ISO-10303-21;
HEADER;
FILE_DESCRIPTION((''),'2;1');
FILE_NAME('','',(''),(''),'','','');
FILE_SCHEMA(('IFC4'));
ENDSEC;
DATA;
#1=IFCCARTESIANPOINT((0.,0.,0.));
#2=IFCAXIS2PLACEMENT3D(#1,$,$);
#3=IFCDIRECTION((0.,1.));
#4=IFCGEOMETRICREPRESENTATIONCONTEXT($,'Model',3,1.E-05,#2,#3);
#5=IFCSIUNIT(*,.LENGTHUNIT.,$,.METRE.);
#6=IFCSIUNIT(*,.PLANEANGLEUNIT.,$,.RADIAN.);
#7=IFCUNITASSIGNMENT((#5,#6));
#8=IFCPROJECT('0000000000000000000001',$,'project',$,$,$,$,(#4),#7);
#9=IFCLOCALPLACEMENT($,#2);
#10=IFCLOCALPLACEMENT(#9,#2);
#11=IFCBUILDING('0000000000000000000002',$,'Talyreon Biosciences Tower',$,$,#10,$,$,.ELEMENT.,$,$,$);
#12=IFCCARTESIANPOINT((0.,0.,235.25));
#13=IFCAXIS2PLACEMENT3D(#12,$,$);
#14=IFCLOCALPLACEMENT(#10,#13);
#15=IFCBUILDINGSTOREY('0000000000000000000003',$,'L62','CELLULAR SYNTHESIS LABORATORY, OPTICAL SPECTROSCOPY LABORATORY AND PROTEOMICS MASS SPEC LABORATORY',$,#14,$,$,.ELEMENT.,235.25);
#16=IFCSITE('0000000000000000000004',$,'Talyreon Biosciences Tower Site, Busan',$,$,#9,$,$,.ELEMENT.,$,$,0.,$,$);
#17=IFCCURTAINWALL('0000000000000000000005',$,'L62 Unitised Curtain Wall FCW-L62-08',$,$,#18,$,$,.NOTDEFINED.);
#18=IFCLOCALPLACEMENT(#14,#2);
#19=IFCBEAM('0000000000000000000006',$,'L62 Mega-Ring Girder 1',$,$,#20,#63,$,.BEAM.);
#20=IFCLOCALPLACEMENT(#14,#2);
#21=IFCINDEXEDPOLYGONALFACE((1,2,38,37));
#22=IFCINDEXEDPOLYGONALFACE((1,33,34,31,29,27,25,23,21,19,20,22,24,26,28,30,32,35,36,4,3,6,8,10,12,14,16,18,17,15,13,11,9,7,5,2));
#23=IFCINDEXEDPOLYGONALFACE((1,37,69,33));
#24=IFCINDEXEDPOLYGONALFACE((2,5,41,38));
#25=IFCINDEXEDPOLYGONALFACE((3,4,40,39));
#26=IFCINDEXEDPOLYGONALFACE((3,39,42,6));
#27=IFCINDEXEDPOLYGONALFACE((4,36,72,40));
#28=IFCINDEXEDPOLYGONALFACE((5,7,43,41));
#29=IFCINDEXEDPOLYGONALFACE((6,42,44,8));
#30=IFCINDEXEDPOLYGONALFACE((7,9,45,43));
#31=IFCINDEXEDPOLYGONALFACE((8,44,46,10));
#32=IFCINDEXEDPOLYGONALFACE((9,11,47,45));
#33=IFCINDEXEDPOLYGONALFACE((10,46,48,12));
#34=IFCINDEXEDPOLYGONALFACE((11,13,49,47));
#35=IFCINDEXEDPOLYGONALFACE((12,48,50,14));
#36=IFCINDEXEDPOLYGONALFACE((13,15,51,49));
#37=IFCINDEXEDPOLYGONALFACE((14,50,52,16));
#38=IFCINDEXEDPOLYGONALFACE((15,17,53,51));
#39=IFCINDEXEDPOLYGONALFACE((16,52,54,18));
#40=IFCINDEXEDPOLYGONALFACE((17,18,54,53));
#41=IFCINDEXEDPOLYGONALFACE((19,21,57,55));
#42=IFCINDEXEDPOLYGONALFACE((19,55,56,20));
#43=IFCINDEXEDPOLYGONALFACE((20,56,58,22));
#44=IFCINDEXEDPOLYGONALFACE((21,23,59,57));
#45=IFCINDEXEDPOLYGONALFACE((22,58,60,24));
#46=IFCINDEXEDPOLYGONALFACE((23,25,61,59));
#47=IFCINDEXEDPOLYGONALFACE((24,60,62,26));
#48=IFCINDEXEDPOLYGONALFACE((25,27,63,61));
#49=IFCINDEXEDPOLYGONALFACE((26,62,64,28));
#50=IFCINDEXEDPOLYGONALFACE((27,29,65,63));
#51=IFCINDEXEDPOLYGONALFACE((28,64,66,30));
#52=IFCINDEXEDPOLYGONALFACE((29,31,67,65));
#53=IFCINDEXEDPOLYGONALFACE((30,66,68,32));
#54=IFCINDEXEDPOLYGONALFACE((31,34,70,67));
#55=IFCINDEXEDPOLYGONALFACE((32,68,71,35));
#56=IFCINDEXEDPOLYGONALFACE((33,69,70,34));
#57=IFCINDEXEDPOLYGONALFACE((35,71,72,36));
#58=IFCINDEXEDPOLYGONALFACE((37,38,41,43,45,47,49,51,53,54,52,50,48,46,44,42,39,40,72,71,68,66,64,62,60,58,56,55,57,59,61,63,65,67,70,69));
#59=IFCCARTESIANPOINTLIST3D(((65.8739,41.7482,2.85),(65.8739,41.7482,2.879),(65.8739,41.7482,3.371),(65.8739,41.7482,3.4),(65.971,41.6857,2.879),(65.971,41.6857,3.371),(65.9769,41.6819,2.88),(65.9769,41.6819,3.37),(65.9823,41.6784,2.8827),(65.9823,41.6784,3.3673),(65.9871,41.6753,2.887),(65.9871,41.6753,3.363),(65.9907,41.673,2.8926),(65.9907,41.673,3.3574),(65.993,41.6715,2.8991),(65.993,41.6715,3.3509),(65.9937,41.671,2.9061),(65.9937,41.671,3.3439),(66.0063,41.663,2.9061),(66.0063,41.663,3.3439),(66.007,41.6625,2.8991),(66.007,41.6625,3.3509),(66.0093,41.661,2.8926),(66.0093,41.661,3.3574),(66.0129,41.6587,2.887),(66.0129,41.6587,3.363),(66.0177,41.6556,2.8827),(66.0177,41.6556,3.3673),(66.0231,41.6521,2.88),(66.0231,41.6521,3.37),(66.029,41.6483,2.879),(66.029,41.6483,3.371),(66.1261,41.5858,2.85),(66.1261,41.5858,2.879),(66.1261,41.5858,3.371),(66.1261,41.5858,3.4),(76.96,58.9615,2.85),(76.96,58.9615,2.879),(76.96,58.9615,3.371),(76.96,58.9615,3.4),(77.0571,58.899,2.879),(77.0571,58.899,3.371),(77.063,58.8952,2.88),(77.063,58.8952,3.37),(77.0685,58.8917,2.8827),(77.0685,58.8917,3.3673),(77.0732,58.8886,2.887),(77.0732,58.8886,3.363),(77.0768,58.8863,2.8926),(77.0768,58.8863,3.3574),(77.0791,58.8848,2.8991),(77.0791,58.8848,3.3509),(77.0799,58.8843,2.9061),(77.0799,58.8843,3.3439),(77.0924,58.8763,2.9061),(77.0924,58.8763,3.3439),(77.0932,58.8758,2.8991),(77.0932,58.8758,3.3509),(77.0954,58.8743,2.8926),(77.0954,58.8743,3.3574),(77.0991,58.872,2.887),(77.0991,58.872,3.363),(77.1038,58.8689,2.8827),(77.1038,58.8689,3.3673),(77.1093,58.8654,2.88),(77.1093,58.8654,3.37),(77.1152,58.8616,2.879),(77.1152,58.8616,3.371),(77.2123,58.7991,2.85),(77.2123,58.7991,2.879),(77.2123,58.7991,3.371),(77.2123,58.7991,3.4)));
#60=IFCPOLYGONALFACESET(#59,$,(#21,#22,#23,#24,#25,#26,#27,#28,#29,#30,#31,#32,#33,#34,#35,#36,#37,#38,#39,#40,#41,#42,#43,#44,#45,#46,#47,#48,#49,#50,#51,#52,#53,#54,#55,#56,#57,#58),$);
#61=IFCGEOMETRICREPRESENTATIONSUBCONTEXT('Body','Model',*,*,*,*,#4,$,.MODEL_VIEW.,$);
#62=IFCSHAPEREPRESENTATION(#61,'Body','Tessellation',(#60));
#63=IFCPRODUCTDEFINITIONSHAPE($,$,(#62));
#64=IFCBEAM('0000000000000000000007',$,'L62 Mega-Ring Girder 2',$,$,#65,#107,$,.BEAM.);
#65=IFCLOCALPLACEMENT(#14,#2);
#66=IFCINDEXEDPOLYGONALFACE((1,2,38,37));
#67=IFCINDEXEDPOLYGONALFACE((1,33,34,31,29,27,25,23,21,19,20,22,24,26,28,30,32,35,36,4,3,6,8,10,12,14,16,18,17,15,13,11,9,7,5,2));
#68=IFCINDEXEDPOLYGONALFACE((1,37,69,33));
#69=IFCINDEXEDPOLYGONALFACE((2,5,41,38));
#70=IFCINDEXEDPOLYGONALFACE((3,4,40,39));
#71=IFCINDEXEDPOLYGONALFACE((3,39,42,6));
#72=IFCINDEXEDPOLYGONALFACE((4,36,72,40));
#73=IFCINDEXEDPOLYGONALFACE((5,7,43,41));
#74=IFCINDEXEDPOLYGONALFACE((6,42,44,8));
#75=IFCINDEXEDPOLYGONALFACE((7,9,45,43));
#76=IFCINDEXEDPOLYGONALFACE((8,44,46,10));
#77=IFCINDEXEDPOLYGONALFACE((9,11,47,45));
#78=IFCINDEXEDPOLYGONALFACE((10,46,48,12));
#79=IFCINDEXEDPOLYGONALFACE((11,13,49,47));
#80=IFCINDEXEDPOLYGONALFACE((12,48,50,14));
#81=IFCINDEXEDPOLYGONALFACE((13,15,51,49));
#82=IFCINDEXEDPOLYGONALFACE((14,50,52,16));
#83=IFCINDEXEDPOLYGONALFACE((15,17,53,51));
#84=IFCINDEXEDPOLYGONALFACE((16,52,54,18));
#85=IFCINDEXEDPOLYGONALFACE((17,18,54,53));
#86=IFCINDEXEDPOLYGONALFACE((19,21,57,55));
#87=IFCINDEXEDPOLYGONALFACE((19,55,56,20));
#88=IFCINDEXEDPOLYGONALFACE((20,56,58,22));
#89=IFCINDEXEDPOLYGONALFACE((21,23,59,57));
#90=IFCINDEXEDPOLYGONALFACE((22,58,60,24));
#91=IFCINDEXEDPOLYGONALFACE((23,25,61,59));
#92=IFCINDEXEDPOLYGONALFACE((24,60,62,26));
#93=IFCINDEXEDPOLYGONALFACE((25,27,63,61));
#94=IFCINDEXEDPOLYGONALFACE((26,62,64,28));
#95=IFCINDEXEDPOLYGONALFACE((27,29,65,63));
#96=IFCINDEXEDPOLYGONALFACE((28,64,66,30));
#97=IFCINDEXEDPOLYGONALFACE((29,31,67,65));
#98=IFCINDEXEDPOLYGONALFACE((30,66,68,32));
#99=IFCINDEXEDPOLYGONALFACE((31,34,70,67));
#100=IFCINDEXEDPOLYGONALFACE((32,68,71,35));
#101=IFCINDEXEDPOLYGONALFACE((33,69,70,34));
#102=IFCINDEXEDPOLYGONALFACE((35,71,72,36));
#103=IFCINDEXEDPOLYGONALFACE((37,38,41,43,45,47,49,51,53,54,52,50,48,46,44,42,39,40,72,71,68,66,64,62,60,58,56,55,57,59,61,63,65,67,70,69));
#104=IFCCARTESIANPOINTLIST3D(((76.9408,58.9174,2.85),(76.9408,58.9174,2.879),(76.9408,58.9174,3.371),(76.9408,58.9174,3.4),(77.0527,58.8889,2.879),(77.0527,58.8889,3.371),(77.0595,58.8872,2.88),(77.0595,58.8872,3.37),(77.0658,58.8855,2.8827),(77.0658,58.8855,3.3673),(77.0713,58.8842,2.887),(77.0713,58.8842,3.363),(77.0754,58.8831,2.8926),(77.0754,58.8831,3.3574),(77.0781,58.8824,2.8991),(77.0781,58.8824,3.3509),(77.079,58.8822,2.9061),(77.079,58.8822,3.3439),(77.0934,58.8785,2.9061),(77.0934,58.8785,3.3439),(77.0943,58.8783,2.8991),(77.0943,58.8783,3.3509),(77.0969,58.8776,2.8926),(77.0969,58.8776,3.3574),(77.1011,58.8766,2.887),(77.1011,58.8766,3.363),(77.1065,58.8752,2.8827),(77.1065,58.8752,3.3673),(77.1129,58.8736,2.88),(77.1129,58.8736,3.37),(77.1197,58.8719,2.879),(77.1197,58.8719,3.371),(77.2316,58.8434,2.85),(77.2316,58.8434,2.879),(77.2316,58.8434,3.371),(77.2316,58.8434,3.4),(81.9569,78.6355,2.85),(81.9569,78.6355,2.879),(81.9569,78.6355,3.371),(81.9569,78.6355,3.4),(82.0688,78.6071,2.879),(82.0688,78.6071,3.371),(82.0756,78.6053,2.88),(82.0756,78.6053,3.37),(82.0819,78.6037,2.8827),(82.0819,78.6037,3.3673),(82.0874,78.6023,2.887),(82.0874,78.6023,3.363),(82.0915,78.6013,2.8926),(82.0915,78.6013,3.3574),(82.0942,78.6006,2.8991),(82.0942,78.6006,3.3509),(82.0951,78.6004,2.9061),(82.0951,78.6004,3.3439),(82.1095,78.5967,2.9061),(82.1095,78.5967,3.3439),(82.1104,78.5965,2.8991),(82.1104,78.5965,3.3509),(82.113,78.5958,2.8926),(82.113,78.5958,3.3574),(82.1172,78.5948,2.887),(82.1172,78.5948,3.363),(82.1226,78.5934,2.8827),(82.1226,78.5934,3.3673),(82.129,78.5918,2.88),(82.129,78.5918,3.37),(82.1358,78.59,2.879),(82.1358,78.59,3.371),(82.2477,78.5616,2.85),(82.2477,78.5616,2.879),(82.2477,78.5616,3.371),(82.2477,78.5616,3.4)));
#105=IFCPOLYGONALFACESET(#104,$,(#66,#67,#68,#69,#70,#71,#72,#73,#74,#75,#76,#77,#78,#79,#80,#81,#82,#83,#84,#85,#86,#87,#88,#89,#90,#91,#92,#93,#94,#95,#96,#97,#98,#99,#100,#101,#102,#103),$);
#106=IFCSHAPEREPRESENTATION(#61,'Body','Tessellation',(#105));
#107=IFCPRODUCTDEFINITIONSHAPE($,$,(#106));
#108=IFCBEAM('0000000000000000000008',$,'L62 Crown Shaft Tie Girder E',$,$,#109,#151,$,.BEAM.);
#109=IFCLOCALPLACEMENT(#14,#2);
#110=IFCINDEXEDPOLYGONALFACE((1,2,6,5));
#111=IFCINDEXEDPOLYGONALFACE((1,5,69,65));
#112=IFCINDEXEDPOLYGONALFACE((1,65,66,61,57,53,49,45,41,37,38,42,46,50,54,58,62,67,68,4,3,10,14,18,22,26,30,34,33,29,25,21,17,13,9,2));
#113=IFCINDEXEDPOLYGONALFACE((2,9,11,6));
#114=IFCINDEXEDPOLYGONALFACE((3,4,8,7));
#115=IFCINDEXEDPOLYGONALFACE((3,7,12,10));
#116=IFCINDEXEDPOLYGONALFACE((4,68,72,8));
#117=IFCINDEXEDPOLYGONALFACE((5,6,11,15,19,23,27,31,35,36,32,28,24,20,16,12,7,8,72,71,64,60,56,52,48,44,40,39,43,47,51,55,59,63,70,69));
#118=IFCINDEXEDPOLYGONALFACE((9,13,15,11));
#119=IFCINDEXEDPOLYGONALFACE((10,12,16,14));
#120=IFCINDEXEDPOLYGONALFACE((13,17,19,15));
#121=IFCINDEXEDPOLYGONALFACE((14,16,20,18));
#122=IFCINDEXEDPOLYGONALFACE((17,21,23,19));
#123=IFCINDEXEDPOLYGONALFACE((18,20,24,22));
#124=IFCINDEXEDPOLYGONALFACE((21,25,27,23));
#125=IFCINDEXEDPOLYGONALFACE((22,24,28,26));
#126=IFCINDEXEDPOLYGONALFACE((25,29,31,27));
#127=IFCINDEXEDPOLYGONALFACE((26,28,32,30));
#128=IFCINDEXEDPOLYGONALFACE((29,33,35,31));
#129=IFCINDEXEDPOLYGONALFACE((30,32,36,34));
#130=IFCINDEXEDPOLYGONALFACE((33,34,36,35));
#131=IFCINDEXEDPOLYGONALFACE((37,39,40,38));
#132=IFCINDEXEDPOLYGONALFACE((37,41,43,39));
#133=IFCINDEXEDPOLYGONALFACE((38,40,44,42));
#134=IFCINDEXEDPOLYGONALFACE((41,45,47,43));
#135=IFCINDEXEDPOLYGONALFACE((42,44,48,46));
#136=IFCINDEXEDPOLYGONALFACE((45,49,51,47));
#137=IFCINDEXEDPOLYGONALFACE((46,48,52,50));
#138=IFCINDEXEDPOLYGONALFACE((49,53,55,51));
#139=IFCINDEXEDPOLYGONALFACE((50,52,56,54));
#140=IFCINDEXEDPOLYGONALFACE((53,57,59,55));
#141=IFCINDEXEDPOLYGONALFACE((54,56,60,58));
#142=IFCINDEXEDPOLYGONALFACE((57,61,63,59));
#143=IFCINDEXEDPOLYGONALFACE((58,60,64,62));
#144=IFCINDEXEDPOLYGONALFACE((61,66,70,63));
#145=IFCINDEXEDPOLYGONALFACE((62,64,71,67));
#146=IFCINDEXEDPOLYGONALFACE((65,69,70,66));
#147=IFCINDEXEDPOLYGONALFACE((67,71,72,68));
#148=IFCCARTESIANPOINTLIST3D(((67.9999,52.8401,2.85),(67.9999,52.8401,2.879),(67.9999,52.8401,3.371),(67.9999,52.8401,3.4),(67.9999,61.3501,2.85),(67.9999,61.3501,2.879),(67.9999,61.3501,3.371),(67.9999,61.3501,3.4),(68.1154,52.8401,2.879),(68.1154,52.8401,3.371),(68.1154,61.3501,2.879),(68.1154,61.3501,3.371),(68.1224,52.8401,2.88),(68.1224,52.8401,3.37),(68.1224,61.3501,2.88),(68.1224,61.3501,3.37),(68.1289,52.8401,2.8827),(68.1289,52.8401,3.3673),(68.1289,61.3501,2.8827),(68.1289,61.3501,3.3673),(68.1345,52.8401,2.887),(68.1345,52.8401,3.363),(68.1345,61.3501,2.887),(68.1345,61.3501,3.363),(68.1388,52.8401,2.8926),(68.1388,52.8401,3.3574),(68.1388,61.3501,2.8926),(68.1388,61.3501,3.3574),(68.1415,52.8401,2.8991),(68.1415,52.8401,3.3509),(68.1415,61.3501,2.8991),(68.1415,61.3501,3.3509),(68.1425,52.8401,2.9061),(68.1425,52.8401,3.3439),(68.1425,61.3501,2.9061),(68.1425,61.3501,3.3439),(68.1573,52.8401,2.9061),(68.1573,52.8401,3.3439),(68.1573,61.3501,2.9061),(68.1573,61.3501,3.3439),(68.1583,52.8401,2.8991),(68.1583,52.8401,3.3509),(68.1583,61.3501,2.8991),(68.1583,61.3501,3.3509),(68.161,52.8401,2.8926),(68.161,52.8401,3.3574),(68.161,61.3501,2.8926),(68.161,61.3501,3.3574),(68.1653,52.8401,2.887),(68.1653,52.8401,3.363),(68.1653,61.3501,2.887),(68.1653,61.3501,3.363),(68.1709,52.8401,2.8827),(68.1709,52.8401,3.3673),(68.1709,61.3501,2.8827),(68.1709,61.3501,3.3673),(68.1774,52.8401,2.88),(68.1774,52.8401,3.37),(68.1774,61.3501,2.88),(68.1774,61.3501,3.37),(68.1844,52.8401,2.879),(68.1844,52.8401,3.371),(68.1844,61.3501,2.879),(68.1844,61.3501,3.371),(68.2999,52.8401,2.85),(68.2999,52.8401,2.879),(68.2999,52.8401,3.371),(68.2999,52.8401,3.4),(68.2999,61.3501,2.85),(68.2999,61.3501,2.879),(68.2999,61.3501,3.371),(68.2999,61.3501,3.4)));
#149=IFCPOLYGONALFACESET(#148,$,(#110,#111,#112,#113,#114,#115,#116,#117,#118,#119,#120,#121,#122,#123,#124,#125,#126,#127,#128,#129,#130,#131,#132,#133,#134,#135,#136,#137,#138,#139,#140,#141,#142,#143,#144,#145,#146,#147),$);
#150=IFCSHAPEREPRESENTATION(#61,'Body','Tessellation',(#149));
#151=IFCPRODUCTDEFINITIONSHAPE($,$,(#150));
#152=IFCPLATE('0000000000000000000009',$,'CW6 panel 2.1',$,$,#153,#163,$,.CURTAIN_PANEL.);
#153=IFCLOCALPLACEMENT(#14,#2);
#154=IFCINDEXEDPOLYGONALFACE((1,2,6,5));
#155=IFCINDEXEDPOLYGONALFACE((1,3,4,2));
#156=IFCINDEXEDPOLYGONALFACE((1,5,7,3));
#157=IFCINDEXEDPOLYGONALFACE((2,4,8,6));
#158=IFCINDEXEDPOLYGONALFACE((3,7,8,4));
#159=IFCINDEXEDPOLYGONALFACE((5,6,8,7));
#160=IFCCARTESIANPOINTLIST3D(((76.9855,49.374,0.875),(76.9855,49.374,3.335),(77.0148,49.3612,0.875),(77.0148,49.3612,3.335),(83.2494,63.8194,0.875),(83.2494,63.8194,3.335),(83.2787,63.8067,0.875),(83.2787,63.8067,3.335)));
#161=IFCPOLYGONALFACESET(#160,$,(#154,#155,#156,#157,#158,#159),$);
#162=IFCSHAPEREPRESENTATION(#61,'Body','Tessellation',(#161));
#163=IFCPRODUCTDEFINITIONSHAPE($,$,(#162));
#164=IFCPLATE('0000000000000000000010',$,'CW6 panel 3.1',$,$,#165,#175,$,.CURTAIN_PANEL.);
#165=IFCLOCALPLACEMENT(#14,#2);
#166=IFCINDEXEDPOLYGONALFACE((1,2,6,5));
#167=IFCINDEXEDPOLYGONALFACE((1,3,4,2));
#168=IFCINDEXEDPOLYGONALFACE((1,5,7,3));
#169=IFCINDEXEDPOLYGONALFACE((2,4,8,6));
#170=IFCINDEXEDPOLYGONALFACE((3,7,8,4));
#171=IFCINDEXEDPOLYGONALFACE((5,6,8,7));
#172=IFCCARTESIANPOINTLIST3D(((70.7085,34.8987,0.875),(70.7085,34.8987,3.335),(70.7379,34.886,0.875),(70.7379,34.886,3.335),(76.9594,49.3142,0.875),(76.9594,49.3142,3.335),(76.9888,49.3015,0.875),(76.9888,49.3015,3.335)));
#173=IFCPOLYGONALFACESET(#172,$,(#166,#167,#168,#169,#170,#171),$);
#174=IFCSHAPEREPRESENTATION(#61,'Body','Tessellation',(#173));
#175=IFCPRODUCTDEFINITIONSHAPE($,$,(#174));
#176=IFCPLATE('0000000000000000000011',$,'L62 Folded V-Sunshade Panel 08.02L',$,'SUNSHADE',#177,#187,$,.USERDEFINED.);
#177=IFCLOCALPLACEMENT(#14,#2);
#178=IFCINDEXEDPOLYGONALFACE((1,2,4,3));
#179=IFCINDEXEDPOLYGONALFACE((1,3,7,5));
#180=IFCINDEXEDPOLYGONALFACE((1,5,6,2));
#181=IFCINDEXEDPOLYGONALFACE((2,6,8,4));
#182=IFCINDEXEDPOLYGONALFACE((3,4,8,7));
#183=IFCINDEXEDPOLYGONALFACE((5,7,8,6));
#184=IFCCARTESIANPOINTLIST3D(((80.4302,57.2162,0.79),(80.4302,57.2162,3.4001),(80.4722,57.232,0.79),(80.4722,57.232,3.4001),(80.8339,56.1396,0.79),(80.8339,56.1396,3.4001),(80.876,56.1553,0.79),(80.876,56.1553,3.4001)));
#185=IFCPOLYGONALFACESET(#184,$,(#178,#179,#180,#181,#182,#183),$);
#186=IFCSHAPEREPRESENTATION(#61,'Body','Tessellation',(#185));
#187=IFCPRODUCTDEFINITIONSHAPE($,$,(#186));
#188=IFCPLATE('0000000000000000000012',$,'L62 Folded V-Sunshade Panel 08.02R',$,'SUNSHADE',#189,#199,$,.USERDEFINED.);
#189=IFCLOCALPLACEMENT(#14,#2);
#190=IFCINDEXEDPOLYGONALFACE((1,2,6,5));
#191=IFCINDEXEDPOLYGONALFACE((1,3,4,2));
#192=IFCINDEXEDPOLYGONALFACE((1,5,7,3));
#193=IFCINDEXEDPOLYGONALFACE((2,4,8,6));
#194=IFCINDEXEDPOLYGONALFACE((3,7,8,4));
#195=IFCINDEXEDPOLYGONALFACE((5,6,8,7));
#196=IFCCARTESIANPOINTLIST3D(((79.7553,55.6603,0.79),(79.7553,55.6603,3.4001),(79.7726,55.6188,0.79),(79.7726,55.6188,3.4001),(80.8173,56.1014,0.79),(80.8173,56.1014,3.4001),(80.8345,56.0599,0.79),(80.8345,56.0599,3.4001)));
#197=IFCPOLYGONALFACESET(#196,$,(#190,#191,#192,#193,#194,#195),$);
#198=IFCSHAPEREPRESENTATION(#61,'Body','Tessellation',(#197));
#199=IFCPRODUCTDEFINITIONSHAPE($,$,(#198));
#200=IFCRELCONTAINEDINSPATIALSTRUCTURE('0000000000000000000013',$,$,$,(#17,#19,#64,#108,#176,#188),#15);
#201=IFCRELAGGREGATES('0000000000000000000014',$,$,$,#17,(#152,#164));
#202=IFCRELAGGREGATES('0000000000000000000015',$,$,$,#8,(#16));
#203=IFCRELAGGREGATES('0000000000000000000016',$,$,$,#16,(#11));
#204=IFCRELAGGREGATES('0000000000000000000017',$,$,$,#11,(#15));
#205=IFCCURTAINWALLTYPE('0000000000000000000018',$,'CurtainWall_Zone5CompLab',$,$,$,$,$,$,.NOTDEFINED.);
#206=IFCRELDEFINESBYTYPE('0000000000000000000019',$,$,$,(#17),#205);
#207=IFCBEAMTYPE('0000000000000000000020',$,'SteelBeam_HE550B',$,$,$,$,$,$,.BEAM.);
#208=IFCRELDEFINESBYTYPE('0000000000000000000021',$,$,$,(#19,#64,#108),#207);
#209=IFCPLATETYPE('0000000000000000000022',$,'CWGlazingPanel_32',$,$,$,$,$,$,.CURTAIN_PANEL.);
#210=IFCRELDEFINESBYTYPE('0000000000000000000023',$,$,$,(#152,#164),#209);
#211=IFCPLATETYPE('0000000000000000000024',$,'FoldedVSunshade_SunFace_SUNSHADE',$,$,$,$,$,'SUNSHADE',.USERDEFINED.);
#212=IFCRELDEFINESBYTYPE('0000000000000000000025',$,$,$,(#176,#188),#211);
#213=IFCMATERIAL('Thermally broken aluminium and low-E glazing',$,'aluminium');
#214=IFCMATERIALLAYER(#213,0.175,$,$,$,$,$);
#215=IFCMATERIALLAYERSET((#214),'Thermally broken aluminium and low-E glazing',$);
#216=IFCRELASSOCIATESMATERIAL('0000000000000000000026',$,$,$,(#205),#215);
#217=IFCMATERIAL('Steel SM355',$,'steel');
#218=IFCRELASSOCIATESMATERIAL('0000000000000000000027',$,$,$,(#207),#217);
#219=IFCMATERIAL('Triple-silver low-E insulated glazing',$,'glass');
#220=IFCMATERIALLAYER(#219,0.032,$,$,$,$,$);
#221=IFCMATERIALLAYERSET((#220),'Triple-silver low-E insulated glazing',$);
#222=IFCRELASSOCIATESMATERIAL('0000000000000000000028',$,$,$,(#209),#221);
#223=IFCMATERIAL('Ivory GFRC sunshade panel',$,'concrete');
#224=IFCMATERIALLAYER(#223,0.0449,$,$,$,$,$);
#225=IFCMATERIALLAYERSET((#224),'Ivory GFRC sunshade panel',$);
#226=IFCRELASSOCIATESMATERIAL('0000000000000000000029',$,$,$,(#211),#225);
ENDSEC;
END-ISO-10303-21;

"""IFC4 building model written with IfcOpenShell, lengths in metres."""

from ifc_helpers import new_model, si_unit, direction, frame, origin, origin_2d, place, context, subcontext, project, spatial, rectangle, i_section, extrude, material, layer, layer_set, material_profile, profile_set, type_object, element, aggregate, save


model = new_model("IFC4")

# Units and contexts
model_context = context("Model", 3, precision=1e-05, world=origin(), true_north=direction((0.0, 1.0)))
body_context = subcontext(model_context, "Body", "Model", "MODEL_VIEW")
ifc_project = project(units=[si_unit("LENGTHUNIT", "METRE"), si_unit("PLANEANGLEUNIT", "RADIAN")], contexts=[model_context])

# Site, building, storey
site_placement = place(None, origin())
site = spatial("IfcSite", under=ifc_project, at=site_placement, Name="Talyreon Biosciences Tower Site, Busan", CompositionType="ELEMENT", RefElevation=0.0)
building_placement = place(site_placement, origin())
building = spatial("IfcBuilding", under=site, at=building_placement, Name="Talyreon Biosciences Tower", CompositionType="ELEMENT")
storey_placement = place(building_placement, frame((0.0, 0.0, 235.25)))
storey = spatial("IfcBuildingStorey", under=building, at=storey_placement, Name="L62", Description="CELLULAR SYNTHESIS LABORATORY, OPTICAL SPECTROSCOPY LABORATORY AND PROTEOMICS MASS SPEC LABORATORY", CompositionType="ELEMENT", Elevation=235.25)

# Curtain wall
ifc_material_1 = material(Name="Thermally broken aluminium and low-E glazing", Category="aluminium")
ifc_layer_1 = layer(ifc_material_1, 0.175)
ifc_layer_set_1 = layer_set([ifc_layer_1], Name="Thermally broken aluminium and low-E glazing")
curtain_wall_type = type_object("IfcCurtainWallType", Name="CurtainWall_Zone5CompLab", PredefinedType="NOTDEFINED", material=ifc_layer_set_1)
curtain_wall_placement = place(storey_placement, origin())
curtain_wall = element("IfcCurtainWall", 1, at=curtain_wall_placement, inside=storey, type_object=curtain_wall_type, Name="L62 Unitised Curtain Wall FCW-L62-08", PredefinedType="NOTDEFINED")

# Beams
ifc_material_2 = material(Name="Steel SM355", Category="steel")
ifc_material_profile_1 = material_profile(ifc_material_2, i_section(OverallWidth=0.3, OverallDepth=0.55, WebThickness=0.0149, FlangeThickness=0.0291, FilletRadius=0.0271, at=origin_2d()), Name="HE550B")
ifc_profile_set_1 = profile_set([ifc_material_profile_1], Name="Steel SM355")
beam_type_1 = type_object("IfcBeamType", Name="SteelBeam_HE550B", PredefinedType="BEAM", material=ifc_profile_set_1)
beam_1_placement = place(storey_placement, frame((66.0, 41.667, 3.125), z_axis=(0.541464, 0.840724, 0.0), x_axis=(-0.840724, 0.541464, 0.0)))
element("IfcBeam", 2, at=beam_1_placement, inside=storey, type_object=beam_type_1, Name="L62 Mega-Ring Girder 1", PredefinedType="BEAM", context=body_context, shape_type="SweptSolid", body=[
    extrude(i_section(OverallWidth=0.3, OverallDepth=0.55, WebThickness=0.0149, FlangeThickness=0.0291, FilletRadius=0.0271, at=origin_2d()), origin(), (0.0, 0.0, 1.0), 20.4744),
])
beam_2_placement = place(storey_placement, frame((77.0862, 58.8804, 3.125), z_axis=(0.246537, 0.969133, 0.0), x_axis=(-0.969133, 0.246537, 0.0)))
element("IfcBeam", 3, at=beam_2_placement, inside=storey, type_object=beam_type_1, Name="L62 Mega-Ring Girder 2", PredefinedType="BEAM", context=body_context, shape_type="SweptSolid", body=[
    extrude(i_section(OverallWidth=0.3, OverallDepth=0.55, WebThickness=0.0149, FlangeThickness=0.0291, FilletRadius=0.0271, at=origin_2d()), origin(), (0.0, 0.0, 1.0), 20.3462),
])
beam_3_placement = place(storey_placement, frame((68.1499, 52.8401, 3.125), z_axis=(0.0, 1.0, 0.0), x_axis=(-1.0, 0.0, 0.0)))
element("IfcBeam", 4, at=beam_3_placement, inside=storey, type_object=beam_type_1, Name="L62 Crown Shaft Tie Girder E", PredefinedType="BEAM", context=body_context, shape_type="SweptSolid", body=[
    extrude(i_section(OverallWidth=0.3, OverallDepth=0.55, WebThickness=0.0149, FlangeThickness=0.0291, FilletRadius=0.0271, at=origin_2d()), origin(), (0.0, 0.0, 1.0), 8.51),
])

# Plates
ifc_material_3 = material(Name="Triple-silver low-E insulated glazing", Category="glass")
ifc_layer_2 = layer(ifc_material_3, 0.032)
ifc_layer_set_2 = layer_set([ifc_layer_2], Name="Triple-silver low-E insulated glazing")
plate_type_1 = type_object("IfcPlateType", Name="CWGlazingPanel_32", PredefinedType="CURTAIN_PANEL", material=ifc_layer_set_2)
plate_1_placement = place(storey_placement, frame((80.1321, 56.5903, 0.875), z_axis=(0.0, 0.0, 1.0), x_axis=(-0.397832, -0.917458, 0.0)))
plate_1 = element("IfcPlate", 5, at=plate_1_placement, type_object=plate_type_1, Name="CW6 panel 2.1", PredefinedType="CURTAIN_PANEL", context=body_context, shape_type="SweptSolid", body=[
    extrude(rectangle(XDim=15.7451, YDim=0.032, at=origin_2d()), origin(), (0.0, 0.0, 1.0), 2.46),
])
plate_2_placement = place(storey_placement, frame((73.8486, 42.1001, 0.875), z_axis=(0.0, 0.0, 1.0), x_axis=(-0.397832, -0.917458, 0.0)))
plate_2 = element("IfcPlate", 6, at=plate_2_placement, type_object=plate_type_1, Name="CW6 panel 3.1", PredefinedType="CURTAIN_PANEL", context=body_context, shape_type="SweptSolid", body=[
    extrude(rectangle(XDim=15.7124, YDim=0.032, at=origin_2d()), origin(), (0.0, 0.0, 1.0), 2.46),
])
aggregate(curtain_wall, [plate_1, plate_2])

# Plates
ifc_material_4 = material(Name="Ivory GFRC sunshade panel", Category="concrete")
ifc_layer_3 = layer(ifc_material_4, 0.0449)
ifc_layer_set_3 = layer_set([ifc_layer_3], Name="Ivory GFRC sunshade panel")
plate_type_2 = type_object("IfcPlateType", Name="FoldedVSunshade_SunFace_SUNSHADE", ElementType="SUNSHADE", PredefinedType="USERDEFINED", material=ifc_layer_set_3)
for number, where, z_axis, x_axis, name in (
    (7, (80.6531, 56.6858, 0.79), (0.0, 0.0, 1.0), (0.351139, -0.936323, 0.0), "L62 Folded V-Sunshade Panel 08.02L"),
    (8, (80.2949, 55.8601, 0.79), (0.0, 0.0, 1.0), (-0.923498, -0.383602, 0.0), "L62 Folded V-Sunshade Panel 08.02R"),
):
    element("IfcPlate", number, at=place(storey_placement, frame(where, z_axis=z_axis, x_axis=x_axis)), inside=storey, type_object=plate_type_2, Name=name, ObjectType="SUNSHADE", PredefinedType="USERDEFINED", context=body_context, shape_type="SweptSolid", body=[
        extrude(rectangle(XDim=1.1499, YDim=0.0449, at=origin_2d()), origin(), (0.0, 0.0, 1.0), 2.6101),
    ])

save(model, "model.ifc")
